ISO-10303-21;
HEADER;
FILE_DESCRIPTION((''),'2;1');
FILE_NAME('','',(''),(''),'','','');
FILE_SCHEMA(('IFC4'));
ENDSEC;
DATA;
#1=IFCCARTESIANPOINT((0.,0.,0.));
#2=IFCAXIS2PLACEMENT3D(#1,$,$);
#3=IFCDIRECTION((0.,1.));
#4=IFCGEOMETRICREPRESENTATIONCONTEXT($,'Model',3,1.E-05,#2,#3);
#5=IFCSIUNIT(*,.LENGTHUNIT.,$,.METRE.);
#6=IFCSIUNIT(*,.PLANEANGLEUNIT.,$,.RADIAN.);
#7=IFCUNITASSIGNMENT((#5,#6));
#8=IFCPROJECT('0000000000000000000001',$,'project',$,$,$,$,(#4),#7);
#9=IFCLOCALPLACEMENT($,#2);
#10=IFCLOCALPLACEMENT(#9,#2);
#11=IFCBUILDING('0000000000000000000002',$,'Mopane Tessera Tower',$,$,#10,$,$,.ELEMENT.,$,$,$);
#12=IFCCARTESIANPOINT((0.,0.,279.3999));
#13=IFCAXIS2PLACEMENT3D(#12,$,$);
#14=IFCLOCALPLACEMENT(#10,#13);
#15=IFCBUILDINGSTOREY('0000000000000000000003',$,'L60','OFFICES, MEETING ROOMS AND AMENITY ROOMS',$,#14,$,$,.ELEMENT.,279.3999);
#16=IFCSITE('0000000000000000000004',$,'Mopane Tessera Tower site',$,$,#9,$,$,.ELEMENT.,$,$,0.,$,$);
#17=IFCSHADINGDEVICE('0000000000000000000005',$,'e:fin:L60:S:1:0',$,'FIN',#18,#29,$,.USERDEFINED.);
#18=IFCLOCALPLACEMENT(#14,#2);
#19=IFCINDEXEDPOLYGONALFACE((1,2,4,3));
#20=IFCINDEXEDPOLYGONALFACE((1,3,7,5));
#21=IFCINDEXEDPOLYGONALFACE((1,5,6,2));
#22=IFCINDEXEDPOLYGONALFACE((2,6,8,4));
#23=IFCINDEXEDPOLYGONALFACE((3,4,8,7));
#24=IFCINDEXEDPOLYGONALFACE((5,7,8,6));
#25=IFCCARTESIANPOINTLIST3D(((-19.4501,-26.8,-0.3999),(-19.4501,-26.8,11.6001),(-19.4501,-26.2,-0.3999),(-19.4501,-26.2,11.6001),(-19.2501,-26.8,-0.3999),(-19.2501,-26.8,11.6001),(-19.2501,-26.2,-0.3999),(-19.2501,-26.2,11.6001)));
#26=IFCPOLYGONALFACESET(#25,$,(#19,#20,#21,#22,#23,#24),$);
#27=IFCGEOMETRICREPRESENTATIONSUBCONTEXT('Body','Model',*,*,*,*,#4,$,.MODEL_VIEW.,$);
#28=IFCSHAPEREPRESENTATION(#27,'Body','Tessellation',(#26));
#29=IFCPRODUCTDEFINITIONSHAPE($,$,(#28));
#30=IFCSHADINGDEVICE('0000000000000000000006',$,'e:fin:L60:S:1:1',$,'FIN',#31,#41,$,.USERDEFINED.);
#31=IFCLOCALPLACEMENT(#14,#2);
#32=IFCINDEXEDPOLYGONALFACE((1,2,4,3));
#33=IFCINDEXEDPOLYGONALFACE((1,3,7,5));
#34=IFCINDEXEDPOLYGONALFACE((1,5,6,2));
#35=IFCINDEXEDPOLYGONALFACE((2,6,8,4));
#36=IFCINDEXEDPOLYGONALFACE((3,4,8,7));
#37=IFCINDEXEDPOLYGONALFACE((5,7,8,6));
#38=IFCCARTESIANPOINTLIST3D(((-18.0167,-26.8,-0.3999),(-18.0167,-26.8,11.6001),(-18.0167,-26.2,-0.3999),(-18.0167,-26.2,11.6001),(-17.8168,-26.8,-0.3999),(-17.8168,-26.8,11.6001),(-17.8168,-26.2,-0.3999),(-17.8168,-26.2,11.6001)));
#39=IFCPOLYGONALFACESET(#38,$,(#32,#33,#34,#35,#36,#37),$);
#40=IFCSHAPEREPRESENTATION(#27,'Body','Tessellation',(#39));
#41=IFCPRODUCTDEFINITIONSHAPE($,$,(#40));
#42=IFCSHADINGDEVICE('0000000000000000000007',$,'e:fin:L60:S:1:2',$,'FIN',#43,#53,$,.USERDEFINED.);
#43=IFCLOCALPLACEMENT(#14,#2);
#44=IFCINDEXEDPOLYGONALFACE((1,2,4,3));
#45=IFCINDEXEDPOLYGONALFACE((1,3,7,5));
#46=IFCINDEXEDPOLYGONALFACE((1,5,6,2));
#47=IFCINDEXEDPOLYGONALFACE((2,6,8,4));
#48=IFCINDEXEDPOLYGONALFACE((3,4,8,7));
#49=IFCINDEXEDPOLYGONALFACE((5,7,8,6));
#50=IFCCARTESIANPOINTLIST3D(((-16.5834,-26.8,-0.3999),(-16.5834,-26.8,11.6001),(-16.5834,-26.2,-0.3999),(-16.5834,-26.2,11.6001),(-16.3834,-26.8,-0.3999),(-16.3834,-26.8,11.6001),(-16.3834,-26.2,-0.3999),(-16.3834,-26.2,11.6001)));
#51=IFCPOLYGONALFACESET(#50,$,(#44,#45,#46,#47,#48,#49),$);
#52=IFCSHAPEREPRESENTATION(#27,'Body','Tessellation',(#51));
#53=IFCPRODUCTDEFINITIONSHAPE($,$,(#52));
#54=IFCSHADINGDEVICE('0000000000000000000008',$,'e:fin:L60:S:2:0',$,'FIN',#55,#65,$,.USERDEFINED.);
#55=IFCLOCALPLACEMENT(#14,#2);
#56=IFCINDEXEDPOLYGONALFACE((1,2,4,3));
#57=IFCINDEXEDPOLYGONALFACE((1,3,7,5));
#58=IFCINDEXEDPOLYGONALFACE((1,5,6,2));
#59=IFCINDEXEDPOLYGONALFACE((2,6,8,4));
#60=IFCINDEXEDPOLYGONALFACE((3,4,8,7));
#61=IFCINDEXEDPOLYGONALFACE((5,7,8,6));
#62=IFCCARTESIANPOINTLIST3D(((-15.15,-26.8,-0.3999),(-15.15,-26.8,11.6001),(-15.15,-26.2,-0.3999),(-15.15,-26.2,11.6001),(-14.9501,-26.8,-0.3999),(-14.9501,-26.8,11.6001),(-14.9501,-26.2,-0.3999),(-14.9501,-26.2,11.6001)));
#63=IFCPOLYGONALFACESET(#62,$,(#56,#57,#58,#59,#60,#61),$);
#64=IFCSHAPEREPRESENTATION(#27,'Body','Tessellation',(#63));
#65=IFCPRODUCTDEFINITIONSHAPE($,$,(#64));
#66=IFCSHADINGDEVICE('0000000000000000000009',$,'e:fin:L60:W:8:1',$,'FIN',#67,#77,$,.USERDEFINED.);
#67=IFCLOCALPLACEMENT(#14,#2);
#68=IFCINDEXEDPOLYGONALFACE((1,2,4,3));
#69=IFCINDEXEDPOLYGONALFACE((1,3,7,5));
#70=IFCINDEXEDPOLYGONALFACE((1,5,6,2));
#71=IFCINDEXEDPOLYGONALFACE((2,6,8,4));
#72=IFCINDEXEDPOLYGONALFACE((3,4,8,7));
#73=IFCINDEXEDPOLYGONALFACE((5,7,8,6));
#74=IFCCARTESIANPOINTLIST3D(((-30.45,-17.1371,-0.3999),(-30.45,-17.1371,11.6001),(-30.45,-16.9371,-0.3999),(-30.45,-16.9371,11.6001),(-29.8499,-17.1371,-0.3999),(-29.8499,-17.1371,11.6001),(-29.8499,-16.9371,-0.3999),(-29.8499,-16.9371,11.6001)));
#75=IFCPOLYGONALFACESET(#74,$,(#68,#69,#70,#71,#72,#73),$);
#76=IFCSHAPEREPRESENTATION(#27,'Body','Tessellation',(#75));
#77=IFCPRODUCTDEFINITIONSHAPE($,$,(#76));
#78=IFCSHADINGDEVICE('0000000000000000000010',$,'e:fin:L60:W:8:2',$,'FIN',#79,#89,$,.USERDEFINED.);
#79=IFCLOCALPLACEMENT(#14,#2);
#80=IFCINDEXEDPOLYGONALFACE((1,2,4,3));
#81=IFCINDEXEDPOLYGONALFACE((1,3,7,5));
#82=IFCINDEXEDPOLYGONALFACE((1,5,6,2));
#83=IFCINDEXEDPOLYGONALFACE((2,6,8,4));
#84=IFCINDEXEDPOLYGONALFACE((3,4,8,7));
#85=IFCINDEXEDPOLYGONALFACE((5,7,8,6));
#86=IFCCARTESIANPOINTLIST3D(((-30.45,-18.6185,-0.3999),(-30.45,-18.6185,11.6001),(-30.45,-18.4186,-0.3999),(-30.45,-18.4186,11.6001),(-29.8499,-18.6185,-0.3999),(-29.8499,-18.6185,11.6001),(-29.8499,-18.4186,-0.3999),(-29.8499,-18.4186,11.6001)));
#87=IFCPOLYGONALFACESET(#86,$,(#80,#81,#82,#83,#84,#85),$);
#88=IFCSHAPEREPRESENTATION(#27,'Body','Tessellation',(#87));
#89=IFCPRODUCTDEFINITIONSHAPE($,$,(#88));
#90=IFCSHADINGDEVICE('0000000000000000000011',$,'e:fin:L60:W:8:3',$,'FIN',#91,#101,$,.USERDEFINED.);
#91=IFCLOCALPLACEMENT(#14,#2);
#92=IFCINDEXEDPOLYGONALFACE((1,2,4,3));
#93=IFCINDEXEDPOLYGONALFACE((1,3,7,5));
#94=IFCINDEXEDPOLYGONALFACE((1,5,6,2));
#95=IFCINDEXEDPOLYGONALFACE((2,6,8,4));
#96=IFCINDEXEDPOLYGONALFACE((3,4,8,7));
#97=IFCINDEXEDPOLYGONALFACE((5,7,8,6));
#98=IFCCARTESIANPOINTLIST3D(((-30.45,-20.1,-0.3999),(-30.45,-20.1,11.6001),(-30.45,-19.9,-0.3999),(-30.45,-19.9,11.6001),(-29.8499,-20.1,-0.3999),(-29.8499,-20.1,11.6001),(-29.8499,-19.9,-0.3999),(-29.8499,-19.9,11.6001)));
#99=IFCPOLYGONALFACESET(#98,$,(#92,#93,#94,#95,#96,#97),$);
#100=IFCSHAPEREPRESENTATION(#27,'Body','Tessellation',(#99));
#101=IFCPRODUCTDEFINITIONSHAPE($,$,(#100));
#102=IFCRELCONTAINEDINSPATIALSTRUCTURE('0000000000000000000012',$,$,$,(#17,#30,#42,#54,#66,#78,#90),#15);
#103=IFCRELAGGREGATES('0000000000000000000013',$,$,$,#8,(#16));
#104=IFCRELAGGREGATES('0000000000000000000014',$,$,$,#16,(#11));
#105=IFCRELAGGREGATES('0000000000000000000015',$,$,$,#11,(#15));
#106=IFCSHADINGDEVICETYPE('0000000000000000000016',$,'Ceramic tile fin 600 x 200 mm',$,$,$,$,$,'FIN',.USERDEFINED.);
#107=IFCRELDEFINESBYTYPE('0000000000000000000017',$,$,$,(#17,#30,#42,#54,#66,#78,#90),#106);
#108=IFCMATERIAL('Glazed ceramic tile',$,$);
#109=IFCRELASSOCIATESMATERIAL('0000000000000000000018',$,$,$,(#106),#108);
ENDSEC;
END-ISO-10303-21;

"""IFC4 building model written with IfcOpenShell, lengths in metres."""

from ifc_helpers import new_model, si_unit, direction, frame, origin, origin_2d, place, context, subcontext, project, spatial, rectangle, extrude, material, type_object, element, save


model = new_model("IFC4")

# Units and contexts
model_context = context("Model", 3, precision=1e-05, world=origin(), true_north=direction((0.0, 1.0)))
body_context = subcontext(model_context, "Body", "Model", "MODEL_VIEW")
ifc_project = project(units=[si_unit("LENGTHUNIT", "METRE"), si_unit("PLANEANGLEUNIT", "RADIAN")], contexts=[model_context])

# Site, building, storey
site_placement = place(None, origin())
site = spatial("IfcSite", under=ifc_project, at=site_placement, Name="Mopane Tessera Tower site", CompositionType="ELEMENT", RefElevation=0.0)
building_placement = place(site_placement, origin())
building = spatial("IfcBuilding", under=site, at=building_placement, Name="Mopane Tessera Tower", CompositionType="ELEMENT")
storey_placement = place(building_placement, frame((0.0, 0.0, 279.3999)))
storey = spatial("IfcBuildingStorey", under=building, at=storey_placement, Name="L60", Description="OFFICES, MEETING ROOMS AND AMENITY ROOMS", CompositionType="ELEMENT", Elevation=279.3999)

# Shading devices
ifc_material_1 = material(Name="Glazed ceramic tile")
shading_device_type = type_object("IfcShadingDeviceType", Name="Ceramic tile fin 600 x 200 mm", ElementType="FIN", PredefinedType="USERDEFINED", material=ifc_material_1)
for number, where, z_axis, x_axis, name in (
    (1, (-19.3501, -26.5, -0.3999), (0.0, 0.0, 1.0), (1.0, 0.0, 0.0), "e:fin:L60:S:1:0"),
    (2, (-17.9167, -26.5, -0.3999), (0.0, 0.0, 1.0), (1.0, 0.0, 0.0), "e:fin:L60:S:1:1"),
    (3, (-16.4834, -26.5, -0.3999), (0.0, 0.0, 1.0), (1.0, 0.0, 0.0), "e:fin:L60:S:1:2"),
    (4, (-15.05, -26.5, -0.3999), (0.0, 0.0, 1.0), (1.0, 0.0, 0.0), "e:fin:L60:S:2:0"),
    (5, (-30.1499, -17.0371, -0.3999), (0.0, 0.0, 1.0), (0.0, -1.0, 0.0), "e:fin:L60:W:8:1"),
    (6, (-30.1499, -18.5186, -0.3999), (0.0, 0.0, 1.0), (0.0, -1.0, 0.0), "e:fin:L60:W:8:2"),
    (7, (-30.1499, -20.0, -0.3999), (0.0, 0.0, 1.0), (0.0, -1.0, 0.0), "e:fin:L60:W:8:3"),
):
    element("IfcShadingDevice", number, at=place(storey_placement, frame(where, z_axis=z_axis, x_axis=x_axis)), inside=storey, type_object=shading_device_type, Name=name, ObjectType="FIN", PredefinedType="USERDEFINED", context=body_context, shape_type="SweptSolid", body=[
        extrude(rectangle(XDim=0.2, YDim=0.6001, at=origin_2d()), origin(), (0.0, 0.0, 1.0), 12.0),
    ])

save(model, "model.ifc")
